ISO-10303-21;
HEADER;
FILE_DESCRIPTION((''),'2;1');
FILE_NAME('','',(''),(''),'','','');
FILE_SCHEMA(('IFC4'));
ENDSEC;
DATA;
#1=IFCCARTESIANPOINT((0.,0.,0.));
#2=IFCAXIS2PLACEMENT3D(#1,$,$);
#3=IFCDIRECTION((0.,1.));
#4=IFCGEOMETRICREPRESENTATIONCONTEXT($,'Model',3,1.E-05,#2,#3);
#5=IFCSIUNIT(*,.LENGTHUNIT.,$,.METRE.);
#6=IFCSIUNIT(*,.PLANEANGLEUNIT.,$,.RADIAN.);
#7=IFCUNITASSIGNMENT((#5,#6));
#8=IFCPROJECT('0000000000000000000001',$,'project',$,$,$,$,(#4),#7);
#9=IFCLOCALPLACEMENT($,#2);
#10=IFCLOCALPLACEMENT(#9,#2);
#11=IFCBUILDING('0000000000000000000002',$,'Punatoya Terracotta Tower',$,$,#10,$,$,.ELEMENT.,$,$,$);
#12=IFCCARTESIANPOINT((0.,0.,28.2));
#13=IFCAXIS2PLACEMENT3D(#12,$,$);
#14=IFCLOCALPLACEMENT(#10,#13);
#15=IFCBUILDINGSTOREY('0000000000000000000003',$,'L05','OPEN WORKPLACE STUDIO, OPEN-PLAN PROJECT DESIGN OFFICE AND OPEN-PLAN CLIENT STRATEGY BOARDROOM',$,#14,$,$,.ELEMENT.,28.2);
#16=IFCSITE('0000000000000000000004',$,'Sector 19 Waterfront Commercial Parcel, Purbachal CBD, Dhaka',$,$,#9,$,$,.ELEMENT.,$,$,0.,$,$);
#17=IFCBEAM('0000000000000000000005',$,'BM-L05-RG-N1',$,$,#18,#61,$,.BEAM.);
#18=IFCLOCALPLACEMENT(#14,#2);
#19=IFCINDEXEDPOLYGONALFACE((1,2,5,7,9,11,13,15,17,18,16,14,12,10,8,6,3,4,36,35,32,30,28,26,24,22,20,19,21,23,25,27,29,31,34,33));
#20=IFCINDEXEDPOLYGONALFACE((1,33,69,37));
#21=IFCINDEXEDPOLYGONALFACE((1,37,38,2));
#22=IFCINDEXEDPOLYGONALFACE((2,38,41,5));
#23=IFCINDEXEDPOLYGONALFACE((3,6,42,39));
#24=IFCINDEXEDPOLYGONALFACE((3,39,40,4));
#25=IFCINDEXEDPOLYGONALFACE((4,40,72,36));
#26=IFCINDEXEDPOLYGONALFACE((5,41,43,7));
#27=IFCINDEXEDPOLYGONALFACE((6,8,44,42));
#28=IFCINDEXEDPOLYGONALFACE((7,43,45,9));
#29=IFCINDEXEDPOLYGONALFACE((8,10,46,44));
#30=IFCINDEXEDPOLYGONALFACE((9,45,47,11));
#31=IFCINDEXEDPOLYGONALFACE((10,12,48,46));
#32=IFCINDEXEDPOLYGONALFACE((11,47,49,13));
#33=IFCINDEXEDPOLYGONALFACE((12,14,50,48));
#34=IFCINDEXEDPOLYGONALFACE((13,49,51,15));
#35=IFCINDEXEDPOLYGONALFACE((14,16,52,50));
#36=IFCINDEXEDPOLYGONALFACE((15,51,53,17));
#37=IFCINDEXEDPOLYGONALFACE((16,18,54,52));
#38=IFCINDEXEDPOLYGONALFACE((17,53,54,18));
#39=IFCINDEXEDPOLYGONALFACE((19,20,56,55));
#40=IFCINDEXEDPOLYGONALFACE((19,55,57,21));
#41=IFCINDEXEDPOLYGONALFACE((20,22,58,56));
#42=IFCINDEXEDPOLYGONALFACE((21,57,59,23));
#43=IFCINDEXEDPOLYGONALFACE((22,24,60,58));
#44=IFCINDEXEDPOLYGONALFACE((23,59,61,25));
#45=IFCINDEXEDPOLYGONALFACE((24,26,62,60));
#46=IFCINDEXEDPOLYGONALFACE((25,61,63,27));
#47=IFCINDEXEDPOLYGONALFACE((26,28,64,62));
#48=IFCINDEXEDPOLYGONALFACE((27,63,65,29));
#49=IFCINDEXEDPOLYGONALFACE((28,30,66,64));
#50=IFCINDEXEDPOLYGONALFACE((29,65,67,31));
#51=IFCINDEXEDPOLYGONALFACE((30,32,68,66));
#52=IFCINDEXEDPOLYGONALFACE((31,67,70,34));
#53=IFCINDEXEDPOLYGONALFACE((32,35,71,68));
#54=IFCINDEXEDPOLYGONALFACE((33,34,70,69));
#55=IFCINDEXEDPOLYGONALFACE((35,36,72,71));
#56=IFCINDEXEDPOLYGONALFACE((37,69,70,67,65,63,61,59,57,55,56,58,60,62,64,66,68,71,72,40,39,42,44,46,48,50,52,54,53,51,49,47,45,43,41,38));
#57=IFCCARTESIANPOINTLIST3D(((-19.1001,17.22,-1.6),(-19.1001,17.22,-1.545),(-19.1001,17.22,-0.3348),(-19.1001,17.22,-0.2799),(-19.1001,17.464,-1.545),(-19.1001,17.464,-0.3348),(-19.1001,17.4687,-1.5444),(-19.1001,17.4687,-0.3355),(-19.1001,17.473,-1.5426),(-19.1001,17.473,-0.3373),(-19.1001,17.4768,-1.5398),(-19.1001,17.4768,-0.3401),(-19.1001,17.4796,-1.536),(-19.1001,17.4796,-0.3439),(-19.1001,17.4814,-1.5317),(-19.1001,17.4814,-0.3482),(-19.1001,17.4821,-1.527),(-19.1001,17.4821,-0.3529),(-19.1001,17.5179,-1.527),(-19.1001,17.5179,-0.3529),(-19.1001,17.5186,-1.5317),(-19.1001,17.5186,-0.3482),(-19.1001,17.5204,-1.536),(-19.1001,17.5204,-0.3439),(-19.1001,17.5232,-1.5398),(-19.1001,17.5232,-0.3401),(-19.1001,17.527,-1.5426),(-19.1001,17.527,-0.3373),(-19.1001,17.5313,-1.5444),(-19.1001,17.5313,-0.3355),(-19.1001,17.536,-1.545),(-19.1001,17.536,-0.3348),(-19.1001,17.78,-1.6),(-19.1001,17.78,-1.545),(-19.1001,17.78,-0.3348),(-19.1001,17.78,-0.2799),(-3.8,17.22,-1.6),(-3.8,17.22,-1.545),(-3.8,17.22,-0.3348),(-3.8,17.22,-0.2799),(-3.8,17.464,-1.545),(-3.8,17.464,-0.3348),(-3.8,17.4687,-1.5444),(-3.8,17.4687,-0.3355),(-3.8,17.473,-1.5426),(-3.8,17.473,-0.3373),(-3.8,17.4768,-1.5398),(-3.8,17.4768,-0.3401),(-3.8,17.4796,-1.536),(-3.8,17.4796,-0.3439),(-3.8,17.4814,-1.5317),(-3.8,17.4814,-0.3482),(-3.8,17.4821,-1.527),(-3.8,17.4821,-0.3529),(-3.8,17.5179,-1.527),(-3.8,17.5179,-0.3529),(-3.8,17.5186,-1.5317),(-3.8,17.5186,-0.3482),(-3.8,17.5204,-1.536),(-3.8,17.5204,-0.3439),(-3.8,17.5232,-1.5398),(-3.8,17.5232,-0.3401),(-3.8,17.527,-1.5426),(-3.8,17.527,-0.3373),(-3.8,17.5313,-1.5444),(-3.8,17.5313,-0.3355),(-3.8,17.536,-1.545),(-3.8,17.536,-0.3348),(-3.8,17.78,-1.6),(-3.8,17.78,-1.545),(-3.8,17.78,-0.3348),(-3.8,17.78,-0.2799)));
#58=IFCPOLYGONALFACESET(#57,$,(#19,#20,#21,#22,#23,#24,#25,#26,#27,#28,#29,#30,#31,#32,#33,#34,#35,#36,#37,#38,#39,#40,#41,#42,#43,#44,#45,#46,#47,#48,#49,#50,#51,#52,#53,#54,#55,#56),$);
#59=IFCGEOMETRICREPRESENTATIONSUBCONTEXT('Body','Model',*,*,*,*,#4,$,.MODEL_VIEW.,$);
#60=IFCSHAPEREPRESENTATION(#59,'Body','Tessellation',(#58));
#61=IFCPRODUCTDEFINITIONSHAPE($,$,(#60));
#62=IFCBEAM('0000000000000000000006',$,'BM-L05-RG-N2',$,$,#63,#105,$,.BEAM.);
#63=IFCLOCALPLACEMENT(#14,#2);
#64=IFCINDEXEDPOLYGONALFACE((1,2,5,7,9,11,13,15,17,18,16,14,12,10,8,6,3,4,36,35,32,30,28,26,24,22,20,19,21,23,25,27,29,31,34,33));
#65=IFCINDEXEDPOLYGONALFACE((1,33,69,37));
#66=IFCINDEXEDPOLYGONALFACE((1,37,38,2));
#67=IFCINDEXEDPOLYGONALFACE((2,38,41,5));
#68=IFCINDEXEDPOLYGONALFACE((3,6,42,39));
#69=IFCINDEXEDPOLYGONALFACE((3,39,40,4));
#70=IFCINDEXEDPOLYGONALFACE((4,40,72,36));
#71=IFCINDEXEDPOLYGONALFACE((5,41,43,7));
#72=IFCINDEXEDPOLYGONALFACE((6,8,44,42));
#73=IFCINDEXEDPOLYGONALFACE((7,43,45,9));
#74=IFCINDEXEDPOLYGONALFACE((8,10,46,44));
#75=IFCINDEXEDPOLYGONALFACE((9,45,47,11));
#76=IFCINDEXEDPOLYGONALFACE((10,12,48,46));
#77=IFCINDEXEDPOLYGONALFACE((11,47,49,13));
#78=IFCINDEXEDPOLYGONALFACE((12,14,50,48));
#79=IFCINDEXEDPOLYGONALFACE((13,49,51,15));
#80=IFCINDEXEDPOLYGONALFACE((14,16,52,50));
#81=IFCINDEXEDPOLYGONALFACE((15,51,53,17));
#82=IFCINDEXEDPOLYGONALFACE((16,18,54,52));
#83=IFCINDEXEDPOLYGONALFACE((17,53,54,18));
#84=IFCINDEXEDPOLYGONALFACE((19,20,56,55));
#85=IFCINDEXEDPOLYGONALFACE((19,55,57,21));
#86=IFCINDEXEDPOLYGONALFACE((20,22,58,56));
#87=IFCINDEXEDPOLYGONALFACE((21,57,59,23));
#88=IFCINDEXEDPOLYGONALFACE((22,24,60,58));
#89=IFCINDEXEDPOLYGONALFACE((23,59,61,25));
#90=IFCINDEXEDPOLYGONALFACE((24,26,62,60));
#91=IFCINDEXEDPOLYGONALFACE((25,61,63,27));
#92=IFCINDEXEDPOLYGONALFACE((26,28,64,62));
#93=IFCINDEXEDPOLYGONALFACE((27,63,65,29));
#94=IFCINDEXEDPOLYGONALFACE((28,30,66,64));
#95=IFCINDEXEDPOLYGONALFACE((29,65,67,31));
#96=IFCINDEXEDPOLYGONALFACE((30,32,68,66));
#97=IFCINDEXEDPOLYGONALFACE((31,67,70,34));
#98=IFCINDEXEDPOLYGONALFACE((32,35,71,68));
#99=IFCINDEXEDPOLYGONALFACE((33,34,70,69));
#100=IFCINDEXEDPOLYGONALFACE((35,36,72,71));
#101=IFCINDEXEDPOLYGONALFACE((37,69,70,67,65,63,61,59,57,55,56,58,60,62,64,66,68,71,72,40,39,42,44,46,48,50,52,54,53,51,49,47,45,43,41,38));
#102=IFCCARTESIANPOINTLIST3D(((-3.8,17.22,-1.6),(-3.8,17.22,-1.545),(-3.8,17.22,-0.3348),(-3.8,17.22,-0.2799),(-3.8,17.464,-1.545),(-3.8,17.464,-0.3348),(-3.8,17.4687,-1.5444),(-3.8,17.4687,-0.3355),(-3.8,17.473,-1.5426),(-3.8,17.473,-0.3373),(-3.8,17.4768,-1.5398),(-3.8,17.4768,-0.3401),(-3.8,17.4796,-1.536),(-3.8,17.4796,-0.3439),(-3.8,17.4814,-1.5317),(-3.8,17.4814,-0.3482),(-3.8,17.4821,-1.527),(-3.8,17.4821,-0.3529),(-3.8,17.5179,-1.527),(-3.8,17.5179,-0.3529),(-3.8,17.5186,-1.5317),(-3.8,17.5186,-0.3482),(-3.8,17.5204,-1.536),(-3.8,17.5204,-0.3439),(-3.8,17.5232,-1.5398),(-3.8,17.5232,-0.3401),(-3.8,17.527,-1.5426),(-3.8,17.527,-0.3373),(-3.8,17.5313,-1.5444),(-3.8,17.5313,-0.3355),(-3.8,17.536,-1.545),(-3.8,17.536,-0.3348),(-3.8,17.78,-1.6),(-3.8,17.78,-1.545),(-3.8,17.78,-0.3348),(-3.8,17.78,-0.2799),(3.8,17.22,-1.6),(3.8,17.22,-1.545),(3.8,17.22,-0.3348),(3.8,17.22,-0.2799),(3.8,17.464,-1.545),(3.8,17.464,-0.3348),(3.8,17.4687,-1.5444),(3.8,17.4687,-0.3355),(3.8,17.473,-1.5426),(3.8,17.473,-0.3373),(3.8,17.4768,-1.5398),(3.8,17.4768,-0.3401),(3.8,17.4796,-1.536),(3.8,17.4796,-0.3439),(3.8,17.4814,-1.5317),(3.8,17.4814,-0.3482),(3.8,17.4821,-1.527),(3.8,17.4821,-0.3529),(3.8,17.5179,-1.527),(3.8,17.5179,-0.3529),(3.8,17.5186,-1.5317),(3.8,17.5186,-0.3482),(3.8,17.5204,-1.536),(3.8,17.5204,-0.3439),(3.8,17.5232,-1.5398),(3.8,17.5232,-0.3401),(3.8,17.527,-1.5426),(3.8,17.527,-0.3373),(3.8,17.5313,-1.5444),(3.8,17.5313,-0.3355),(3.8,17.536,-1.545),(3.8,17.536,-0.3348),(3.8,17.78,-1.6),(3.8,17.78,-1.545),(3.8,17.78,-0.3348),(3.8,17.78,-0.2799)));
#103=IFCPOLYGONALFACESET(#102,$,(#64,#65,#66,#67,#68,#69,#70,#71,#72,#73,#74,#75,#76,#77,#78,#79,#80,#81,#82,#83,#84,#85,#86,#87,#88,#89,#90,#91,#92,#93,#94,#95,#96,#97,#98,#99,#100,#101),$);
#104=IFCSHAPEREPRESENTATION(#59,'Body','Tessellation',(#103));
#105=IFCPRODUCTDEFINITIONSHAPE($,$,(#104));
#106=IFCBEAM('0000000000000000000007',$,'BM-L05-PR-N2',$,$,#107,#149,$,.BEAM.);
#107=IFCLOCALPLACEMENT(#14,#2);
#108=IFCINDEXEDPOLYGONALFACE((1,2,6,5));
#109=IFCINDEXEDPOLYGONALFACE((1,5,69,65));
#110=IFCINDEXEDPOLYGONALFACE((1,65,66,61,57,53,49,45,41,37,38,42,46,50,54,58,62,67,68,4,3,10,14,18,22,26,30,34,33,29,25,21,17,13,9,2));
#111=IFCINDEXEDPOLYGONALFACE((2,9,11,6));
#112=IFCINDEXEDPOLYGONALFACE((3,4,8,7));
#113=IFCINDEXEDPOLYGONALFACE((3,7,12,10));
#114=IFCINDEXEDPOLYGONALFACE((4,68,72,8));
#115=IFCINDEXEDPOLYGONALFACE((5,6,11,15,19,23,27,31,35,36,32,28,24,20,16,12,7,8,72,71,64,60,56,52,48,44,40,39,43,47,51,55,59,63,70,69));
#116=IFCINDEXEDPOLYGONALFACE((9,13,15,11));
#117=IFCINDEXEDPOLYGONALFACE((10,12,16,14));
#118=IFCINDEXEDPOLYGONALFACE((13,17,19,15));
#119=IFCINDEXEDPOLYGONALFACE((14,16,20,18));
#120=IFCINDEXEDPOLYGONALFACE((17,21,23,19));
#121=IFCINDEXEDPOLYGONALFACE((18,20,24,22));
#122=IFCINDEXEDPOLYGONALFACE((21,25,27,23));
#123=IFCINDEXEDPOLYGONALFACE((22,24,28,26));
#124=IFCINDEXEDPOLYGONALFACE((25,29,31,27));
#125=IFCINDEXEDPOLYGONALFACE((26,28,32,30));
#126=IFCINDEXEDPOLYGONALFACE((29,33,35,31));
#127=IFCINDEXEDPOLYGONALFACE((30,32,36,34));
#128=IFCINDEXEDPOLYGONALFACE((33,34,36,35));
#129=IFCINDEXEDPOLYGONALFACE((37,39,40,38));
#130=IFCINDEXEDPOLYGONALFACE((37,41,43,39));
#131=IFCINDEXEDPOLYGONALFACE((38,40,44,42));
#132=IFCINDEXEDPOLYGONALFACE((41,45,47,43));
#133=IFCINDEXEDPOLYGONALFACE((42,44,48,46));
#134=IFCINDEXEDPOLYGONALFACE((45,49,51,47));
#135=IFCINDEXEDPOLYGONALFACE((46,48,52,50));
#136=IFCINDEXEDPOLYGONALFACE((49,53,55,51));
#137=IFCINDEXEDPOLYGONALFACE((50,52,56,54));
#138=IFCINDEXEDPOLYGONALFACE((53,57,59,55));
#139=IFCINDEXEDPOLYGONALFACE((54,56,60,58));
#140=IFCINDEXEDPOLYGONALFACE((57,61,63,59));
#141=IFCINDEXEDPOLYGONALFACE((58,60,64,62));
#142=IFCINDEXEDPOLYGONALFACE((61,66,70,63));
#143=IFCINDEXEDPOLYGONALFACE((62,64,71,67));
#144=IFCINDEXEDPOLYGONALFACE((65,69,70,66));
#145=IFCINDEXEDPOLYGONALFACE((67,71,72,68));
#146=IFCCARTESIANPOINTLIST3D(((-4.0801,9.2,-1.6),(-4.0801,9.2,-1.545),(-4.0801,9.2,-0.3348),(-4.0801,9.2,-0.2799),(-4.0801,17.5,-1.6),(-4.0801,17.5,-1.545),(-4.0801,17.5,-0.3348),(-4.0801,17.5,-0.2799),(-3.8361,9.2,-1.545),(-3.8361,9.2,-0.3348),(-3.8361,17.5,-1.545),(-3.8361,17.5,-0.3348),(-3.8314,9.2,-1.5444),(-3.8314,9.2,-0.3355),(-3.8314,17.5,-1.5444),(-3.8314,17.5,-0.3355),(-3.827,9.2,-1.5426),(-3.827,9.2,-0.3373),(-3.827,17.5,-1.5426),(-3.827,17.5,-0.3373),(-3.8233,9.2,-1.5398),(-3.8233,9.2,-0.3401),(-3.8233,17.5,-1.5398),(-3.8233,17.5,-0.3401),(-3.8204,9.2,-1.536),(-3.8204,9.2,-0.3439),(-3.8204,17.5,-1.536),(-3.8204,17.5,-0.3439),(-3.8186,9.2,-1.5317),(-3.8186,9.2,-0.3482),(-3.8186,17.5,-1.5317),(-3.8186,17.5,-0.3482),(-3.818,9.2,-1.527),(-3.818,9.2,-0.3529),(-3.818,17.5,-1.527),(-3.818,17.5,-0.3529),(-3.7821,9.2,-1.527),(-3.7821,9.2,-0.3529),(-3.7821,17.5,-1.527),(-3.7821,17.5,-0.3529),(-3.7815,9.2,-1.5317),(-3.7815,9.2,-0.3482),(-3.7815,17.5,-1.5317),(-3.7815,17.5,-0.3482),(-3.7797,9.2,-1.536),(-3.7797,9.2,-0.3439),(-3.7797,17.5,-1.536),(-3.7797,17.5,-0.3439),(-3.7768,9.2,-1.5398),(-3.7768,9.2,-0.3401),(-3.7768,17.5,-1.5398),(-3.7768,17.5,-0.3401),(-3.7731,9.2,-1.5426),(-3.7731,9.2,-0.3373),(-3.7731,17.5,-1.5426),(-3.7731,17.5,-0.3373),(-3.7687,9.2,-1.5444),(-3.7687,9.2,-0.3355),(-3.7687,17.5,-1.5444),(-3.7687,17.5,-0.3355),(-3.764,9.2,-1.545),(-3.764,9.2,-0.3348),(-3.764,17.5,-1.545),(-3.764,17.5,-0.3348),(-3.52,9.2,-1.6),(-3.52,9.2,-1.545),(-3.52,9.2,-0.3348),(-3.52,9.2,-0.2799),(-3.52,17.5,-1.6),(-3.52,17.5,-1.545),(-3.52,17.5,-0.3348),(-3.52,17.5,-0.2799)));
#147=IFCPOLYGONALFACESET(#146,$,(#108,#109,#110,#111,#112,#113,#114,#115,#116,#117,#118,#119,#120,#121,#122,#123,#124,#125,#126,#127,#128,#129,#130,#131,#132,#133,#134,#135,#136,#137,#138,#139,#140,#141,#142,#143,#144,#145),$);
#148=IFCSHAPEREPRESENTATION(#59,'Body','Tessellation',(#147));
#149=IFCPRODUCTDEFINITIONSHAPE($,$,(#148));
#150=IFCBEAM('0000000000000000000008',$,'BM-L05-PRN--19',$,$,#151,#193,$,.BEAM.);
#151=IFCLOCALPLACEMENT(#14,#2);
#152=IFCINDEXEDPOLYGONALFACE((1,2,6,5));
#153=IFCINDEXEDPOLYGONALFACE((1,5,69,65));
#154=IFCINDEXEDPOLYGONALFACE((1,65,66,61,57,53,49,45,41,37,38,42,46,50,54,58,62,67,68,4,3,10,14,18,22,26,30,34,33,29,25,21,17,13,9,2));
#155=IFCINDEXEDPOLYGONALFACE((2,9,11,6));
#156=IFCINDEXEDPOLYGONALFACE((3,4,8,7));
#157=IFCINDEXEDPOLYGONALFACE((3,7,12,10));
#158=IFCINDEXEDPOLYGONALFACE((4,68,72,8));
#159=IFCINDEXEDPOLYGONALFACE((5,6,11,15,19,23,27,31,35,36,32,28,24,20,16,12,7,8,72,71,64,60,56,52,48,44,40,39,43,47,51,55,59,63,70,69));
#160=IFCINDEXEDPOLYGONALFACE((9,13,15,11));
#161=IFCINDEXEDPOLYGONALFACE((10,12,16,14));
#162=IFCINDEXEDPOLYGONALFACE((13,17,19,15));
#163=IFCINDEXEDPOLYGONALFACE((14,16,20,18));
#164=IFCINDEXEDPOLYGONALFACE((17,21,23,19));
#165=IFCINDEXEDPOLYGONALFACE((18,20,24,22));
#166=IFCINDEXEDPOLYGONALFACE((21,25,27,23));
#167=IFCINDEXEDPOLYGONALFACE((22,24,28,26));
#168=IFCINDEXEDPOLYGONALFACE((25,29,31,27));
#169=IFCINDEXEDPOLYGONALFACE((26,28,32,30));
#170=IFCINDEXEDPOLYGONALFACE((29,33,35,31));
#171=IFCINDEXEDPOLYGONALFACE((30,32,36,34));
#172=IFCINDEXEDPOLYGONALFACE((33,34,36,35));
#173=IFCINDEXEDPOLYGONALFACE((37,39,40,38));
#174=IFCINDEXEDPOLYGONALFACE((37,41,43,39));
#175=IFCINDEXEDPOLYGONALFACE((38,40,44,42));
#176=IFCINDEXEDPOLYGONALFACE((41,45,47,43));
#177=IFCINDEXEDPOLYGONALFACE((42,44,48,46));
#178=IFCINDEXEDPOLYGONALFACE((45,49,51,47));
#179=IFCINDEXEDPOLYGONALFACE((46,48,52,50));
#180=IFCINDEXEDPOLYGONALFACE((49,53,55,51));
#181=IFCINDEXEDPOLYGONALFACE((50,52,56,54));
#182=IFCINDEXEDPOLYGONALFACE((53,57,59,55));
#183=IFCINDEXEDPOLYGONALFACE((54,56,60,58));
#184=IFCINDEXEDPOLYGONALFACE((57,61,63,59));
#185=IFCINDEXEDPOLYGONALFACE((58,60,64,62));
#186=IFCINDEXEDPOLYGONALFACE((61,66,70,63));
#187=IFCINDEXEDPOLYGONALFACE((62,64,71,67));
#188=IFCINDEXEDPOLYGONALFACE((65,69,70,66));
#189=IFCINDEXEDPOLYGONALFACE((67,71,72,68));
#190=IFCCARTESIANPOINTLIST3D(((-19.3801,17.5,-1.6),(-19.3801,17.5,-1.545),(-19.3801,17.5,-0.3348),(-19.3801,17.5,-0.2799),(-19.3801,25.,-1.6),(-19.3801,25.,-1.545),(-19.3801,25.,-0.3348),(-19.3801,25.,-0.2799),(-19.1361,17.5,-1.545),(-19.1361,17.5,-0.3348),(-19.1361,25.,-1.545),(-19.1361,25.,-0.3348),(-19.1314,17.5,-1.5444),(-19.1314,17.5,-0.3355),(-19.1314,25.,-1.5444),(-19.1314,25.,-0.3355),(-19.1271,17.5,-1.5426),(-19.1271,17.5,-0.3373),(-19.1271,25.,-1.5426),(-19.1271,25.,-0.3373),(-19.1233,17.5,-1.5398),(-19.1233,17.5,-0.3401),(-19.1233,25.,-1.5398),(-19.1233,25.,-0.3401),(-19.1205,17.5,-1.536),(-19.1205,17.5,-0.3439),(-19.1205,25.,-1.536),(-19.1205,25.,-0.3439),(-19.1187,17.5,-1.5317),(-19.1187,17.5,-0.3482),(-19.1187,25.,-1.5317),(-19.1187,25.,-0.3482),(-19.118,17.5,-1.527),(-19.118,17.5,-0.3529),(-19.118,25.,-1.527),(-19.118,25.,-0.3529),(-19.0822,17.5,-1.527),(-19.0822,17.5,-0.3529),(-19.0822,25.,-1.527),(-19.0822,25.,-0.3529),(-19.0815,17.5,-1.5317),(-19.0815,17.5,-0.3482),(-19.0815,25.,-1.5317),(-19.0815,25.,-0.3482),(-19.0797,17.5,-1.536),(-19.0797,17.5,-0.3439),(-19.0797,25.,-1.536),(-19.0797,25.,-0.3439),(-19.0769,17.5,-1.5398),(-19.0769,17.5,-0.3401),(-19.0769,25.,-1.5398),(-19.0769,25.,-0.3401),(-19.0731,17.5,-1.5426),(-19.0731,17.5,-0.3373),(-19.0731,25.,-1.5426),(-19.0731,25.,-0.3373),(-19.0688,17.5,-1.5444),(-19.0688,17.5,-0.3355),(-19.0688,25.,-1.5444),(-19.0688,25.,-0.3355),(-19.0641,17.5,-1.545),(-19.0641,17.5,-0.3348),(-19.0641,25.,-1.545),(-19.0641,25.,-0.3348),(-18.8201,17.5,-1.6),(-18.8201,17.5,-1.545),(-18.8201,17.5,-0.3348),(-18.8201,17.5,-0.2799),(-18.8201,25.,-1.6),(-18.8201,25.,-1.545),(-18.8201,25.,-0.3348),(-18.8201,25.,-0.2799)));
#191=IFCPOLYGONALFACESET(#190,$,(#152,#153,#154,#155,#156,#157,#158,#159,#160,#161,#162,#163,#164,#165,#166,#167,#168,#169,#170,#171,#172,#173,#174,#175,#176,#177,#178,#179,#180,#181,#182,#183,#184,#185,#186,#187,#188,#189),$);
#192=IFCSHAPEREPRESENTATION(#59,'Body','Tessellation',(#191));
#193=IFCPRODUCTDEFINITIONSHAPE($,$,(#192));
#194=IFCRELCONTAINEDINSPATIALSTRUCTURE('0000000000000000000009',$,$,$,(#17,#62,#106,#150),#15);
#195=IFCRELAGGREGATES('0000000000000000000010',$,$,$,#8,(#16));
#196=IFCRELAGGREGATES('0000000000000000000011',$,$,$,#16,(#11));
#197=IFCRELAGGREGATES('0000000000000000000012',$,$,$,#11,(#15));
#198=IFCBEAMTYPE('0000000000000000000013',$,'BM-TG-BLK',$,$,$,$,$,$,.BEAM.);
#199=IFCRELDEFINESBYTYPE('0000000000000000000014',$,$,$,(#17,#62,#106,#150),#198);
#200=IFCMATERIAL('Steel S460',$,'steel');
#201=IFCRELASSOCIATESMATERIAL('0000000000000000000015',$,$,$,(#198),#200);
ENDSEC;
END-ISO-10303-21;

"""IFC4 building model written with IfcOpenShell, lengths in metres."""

from ifc_helpers import new_model, si_unit, direction, frame, origin, origin_2d, place, context, subcontext, project, spatial, i_section, extrude, material, material_profile, profile_set, type_object, element, save


model = new_model("IFC4")

# Units and contexts
model_context = context("Model", 3, precision=1e-05, world=origin(), true_north=direction((0.0, 1.0)))
body_context = subcontext(model_context, "Body", "Model", "MODEL_VIEW")
ifc_project = project(units=[si_unit("LENGTHUNIT", "METRE"), si_unit("PLANEANGLEUNIT", "RADIAN")], contexts=[model_context])

# Site, building, storey
site_placement = place(None, origin())
site = spatial("IfcSite", under=ifc_project, at=site_placement, Name="Sector 19 Waterfront Commercial Parcel, Purbachal CBD, Dhaka", CompositionType="ELEMENT", RefElevation=0.0)
building_placement = place(site_placement, origin())
building = spatial("IfcBuilding", under=site, at=building_placement, Name="Punatoya Terracotta Tower", CompositionType="ELEMENT")
storey_placement = place(building_placement, frame((0.0, 0.0, 28.2)))
storey = spatial("IfcBuildingStorey", under=building, at=storey_placement, Name="L05", Description="OPEN WORKPLACE STUDIO, OPEN-PLAN PROJECT DESIGN OFFICE AND OPEN-PLAN CLIENT STRATEGY BOARDROOM", CompositionType="ELEMENT", Elevation=28.2)

# Shared definitions
ifc_material_1 = material(Name="Steel S460", Category="steel")

# Beams
ifc_material_profile_1 = material_profile(ifc_material_1, i_section(OverallWidth=0.5601, OverallDepth=1.3201, WebThickness=0.0359, FlangeThickness=0.0549, FilletRadius=0.0181, at=origin_2d()))
ifc_profile_set_1 = profile_set([ifc_material_profile_1], Name="Steel S460")
beam_type_1 = type_object("IfcBeamType", Name="BM-TG-BLK", PredefinedType="BEAM", material=ifc_profile_set_1)
beam_1_placement = place(storey_placement, frame((-19.1001, 17.5, -0.9399), z_axis=(1.0, 0.0, 0.0), x_axis=(0.0, 1.0, 0.0)))
element("IfcBeam", 1, at=beam_1_placement, inside=storey, type_object=beam_type_1, Name="BM-L05-RG-N1", PredefinedType="BEAM", context=body_context, shape_type="SweptSolid", body=[
    extrude(i_section(OverallWidth=0.5601, OverallDepth=1.3201, WebThickness=0.0359, FlangeThickness=0.0549, FilletRadius=0.0181, at=origin_2d()), origin(), (0.0, 0.0, 1.0), 15.3),
])
beam_2_placement = place(storey_placement, frame((-3.8, 17.5, -0.9399), z_axis=(1.0, 0.0, 0.0), x_axis=(0.0, 1.0, 0.0)))
element("IfcBeam", 2, at=beam_2_placement, inside=storey, type_object=beam_type_1, Name="BM-L05-RG-N2", PredefinedType="BEAM", context=body_context, shape_type="SweptSolid", body=[
    extrude(i_section(OverallWidth=0.5601, OverallDepth=1.3201, WebThickness=0.0359, FlangeThickness=0.0549, FilletRadius=0.0181, at=origin_2d()), origin(), (0.0, 0.0, 1.0), 7.6001),
])
beam_3_placement = place(storey_placement, frame((-3.8, 9.2, -0.9399), z_axis=(0.0, 1.0, 0.0), x_axis=(-1.0, 0.0, 0.0)))
element("IfcBeam", 3, at=beam_3_placement, inside=storey, type_object=beam_type_1, Name="BM-L05-PR-N2", PredefinedType="BEAM", context=body_context, shape_type="SweptSolid", body=[
    extrude(i_section(OverallWidth=0.5601, OverallDepth=1.3201, WebThickness=0.0359, FlangeThickness=0.0549, FilletRadius=0.0181, at=origin_2d()), origin(), (0.0, 0.0, 1.0), 8.3),
])
for number, where, z_axis, x_axis, name in (
    (4, (-19.1001, 17.5, -0.9399), (0.0, 1.0, 0.0), (-1.0, 0.0, 0.0), "BM-L05-PRN--19"),
):
    element("IfcBeam", number, at=place(storey_placement, frame(where, z_axis=z_axis, x_axis=x_axis)), inside=storey, type_object=beam_type_1, Name=name, PredefinedType="BEAM", context=body_context, shape_type="SweptSolid", body=[
        extrude(i_section(OverallWidth=0.5601, OverallDepth=1.3201, WebThickness=0.0359, FlangeThickness=0.0549, FilletRadius=0.0181, at=origin_2d()), origin(), (0.0, 0.0, 1.0), 7.5),
    ])

save(model, "model.ifc")
